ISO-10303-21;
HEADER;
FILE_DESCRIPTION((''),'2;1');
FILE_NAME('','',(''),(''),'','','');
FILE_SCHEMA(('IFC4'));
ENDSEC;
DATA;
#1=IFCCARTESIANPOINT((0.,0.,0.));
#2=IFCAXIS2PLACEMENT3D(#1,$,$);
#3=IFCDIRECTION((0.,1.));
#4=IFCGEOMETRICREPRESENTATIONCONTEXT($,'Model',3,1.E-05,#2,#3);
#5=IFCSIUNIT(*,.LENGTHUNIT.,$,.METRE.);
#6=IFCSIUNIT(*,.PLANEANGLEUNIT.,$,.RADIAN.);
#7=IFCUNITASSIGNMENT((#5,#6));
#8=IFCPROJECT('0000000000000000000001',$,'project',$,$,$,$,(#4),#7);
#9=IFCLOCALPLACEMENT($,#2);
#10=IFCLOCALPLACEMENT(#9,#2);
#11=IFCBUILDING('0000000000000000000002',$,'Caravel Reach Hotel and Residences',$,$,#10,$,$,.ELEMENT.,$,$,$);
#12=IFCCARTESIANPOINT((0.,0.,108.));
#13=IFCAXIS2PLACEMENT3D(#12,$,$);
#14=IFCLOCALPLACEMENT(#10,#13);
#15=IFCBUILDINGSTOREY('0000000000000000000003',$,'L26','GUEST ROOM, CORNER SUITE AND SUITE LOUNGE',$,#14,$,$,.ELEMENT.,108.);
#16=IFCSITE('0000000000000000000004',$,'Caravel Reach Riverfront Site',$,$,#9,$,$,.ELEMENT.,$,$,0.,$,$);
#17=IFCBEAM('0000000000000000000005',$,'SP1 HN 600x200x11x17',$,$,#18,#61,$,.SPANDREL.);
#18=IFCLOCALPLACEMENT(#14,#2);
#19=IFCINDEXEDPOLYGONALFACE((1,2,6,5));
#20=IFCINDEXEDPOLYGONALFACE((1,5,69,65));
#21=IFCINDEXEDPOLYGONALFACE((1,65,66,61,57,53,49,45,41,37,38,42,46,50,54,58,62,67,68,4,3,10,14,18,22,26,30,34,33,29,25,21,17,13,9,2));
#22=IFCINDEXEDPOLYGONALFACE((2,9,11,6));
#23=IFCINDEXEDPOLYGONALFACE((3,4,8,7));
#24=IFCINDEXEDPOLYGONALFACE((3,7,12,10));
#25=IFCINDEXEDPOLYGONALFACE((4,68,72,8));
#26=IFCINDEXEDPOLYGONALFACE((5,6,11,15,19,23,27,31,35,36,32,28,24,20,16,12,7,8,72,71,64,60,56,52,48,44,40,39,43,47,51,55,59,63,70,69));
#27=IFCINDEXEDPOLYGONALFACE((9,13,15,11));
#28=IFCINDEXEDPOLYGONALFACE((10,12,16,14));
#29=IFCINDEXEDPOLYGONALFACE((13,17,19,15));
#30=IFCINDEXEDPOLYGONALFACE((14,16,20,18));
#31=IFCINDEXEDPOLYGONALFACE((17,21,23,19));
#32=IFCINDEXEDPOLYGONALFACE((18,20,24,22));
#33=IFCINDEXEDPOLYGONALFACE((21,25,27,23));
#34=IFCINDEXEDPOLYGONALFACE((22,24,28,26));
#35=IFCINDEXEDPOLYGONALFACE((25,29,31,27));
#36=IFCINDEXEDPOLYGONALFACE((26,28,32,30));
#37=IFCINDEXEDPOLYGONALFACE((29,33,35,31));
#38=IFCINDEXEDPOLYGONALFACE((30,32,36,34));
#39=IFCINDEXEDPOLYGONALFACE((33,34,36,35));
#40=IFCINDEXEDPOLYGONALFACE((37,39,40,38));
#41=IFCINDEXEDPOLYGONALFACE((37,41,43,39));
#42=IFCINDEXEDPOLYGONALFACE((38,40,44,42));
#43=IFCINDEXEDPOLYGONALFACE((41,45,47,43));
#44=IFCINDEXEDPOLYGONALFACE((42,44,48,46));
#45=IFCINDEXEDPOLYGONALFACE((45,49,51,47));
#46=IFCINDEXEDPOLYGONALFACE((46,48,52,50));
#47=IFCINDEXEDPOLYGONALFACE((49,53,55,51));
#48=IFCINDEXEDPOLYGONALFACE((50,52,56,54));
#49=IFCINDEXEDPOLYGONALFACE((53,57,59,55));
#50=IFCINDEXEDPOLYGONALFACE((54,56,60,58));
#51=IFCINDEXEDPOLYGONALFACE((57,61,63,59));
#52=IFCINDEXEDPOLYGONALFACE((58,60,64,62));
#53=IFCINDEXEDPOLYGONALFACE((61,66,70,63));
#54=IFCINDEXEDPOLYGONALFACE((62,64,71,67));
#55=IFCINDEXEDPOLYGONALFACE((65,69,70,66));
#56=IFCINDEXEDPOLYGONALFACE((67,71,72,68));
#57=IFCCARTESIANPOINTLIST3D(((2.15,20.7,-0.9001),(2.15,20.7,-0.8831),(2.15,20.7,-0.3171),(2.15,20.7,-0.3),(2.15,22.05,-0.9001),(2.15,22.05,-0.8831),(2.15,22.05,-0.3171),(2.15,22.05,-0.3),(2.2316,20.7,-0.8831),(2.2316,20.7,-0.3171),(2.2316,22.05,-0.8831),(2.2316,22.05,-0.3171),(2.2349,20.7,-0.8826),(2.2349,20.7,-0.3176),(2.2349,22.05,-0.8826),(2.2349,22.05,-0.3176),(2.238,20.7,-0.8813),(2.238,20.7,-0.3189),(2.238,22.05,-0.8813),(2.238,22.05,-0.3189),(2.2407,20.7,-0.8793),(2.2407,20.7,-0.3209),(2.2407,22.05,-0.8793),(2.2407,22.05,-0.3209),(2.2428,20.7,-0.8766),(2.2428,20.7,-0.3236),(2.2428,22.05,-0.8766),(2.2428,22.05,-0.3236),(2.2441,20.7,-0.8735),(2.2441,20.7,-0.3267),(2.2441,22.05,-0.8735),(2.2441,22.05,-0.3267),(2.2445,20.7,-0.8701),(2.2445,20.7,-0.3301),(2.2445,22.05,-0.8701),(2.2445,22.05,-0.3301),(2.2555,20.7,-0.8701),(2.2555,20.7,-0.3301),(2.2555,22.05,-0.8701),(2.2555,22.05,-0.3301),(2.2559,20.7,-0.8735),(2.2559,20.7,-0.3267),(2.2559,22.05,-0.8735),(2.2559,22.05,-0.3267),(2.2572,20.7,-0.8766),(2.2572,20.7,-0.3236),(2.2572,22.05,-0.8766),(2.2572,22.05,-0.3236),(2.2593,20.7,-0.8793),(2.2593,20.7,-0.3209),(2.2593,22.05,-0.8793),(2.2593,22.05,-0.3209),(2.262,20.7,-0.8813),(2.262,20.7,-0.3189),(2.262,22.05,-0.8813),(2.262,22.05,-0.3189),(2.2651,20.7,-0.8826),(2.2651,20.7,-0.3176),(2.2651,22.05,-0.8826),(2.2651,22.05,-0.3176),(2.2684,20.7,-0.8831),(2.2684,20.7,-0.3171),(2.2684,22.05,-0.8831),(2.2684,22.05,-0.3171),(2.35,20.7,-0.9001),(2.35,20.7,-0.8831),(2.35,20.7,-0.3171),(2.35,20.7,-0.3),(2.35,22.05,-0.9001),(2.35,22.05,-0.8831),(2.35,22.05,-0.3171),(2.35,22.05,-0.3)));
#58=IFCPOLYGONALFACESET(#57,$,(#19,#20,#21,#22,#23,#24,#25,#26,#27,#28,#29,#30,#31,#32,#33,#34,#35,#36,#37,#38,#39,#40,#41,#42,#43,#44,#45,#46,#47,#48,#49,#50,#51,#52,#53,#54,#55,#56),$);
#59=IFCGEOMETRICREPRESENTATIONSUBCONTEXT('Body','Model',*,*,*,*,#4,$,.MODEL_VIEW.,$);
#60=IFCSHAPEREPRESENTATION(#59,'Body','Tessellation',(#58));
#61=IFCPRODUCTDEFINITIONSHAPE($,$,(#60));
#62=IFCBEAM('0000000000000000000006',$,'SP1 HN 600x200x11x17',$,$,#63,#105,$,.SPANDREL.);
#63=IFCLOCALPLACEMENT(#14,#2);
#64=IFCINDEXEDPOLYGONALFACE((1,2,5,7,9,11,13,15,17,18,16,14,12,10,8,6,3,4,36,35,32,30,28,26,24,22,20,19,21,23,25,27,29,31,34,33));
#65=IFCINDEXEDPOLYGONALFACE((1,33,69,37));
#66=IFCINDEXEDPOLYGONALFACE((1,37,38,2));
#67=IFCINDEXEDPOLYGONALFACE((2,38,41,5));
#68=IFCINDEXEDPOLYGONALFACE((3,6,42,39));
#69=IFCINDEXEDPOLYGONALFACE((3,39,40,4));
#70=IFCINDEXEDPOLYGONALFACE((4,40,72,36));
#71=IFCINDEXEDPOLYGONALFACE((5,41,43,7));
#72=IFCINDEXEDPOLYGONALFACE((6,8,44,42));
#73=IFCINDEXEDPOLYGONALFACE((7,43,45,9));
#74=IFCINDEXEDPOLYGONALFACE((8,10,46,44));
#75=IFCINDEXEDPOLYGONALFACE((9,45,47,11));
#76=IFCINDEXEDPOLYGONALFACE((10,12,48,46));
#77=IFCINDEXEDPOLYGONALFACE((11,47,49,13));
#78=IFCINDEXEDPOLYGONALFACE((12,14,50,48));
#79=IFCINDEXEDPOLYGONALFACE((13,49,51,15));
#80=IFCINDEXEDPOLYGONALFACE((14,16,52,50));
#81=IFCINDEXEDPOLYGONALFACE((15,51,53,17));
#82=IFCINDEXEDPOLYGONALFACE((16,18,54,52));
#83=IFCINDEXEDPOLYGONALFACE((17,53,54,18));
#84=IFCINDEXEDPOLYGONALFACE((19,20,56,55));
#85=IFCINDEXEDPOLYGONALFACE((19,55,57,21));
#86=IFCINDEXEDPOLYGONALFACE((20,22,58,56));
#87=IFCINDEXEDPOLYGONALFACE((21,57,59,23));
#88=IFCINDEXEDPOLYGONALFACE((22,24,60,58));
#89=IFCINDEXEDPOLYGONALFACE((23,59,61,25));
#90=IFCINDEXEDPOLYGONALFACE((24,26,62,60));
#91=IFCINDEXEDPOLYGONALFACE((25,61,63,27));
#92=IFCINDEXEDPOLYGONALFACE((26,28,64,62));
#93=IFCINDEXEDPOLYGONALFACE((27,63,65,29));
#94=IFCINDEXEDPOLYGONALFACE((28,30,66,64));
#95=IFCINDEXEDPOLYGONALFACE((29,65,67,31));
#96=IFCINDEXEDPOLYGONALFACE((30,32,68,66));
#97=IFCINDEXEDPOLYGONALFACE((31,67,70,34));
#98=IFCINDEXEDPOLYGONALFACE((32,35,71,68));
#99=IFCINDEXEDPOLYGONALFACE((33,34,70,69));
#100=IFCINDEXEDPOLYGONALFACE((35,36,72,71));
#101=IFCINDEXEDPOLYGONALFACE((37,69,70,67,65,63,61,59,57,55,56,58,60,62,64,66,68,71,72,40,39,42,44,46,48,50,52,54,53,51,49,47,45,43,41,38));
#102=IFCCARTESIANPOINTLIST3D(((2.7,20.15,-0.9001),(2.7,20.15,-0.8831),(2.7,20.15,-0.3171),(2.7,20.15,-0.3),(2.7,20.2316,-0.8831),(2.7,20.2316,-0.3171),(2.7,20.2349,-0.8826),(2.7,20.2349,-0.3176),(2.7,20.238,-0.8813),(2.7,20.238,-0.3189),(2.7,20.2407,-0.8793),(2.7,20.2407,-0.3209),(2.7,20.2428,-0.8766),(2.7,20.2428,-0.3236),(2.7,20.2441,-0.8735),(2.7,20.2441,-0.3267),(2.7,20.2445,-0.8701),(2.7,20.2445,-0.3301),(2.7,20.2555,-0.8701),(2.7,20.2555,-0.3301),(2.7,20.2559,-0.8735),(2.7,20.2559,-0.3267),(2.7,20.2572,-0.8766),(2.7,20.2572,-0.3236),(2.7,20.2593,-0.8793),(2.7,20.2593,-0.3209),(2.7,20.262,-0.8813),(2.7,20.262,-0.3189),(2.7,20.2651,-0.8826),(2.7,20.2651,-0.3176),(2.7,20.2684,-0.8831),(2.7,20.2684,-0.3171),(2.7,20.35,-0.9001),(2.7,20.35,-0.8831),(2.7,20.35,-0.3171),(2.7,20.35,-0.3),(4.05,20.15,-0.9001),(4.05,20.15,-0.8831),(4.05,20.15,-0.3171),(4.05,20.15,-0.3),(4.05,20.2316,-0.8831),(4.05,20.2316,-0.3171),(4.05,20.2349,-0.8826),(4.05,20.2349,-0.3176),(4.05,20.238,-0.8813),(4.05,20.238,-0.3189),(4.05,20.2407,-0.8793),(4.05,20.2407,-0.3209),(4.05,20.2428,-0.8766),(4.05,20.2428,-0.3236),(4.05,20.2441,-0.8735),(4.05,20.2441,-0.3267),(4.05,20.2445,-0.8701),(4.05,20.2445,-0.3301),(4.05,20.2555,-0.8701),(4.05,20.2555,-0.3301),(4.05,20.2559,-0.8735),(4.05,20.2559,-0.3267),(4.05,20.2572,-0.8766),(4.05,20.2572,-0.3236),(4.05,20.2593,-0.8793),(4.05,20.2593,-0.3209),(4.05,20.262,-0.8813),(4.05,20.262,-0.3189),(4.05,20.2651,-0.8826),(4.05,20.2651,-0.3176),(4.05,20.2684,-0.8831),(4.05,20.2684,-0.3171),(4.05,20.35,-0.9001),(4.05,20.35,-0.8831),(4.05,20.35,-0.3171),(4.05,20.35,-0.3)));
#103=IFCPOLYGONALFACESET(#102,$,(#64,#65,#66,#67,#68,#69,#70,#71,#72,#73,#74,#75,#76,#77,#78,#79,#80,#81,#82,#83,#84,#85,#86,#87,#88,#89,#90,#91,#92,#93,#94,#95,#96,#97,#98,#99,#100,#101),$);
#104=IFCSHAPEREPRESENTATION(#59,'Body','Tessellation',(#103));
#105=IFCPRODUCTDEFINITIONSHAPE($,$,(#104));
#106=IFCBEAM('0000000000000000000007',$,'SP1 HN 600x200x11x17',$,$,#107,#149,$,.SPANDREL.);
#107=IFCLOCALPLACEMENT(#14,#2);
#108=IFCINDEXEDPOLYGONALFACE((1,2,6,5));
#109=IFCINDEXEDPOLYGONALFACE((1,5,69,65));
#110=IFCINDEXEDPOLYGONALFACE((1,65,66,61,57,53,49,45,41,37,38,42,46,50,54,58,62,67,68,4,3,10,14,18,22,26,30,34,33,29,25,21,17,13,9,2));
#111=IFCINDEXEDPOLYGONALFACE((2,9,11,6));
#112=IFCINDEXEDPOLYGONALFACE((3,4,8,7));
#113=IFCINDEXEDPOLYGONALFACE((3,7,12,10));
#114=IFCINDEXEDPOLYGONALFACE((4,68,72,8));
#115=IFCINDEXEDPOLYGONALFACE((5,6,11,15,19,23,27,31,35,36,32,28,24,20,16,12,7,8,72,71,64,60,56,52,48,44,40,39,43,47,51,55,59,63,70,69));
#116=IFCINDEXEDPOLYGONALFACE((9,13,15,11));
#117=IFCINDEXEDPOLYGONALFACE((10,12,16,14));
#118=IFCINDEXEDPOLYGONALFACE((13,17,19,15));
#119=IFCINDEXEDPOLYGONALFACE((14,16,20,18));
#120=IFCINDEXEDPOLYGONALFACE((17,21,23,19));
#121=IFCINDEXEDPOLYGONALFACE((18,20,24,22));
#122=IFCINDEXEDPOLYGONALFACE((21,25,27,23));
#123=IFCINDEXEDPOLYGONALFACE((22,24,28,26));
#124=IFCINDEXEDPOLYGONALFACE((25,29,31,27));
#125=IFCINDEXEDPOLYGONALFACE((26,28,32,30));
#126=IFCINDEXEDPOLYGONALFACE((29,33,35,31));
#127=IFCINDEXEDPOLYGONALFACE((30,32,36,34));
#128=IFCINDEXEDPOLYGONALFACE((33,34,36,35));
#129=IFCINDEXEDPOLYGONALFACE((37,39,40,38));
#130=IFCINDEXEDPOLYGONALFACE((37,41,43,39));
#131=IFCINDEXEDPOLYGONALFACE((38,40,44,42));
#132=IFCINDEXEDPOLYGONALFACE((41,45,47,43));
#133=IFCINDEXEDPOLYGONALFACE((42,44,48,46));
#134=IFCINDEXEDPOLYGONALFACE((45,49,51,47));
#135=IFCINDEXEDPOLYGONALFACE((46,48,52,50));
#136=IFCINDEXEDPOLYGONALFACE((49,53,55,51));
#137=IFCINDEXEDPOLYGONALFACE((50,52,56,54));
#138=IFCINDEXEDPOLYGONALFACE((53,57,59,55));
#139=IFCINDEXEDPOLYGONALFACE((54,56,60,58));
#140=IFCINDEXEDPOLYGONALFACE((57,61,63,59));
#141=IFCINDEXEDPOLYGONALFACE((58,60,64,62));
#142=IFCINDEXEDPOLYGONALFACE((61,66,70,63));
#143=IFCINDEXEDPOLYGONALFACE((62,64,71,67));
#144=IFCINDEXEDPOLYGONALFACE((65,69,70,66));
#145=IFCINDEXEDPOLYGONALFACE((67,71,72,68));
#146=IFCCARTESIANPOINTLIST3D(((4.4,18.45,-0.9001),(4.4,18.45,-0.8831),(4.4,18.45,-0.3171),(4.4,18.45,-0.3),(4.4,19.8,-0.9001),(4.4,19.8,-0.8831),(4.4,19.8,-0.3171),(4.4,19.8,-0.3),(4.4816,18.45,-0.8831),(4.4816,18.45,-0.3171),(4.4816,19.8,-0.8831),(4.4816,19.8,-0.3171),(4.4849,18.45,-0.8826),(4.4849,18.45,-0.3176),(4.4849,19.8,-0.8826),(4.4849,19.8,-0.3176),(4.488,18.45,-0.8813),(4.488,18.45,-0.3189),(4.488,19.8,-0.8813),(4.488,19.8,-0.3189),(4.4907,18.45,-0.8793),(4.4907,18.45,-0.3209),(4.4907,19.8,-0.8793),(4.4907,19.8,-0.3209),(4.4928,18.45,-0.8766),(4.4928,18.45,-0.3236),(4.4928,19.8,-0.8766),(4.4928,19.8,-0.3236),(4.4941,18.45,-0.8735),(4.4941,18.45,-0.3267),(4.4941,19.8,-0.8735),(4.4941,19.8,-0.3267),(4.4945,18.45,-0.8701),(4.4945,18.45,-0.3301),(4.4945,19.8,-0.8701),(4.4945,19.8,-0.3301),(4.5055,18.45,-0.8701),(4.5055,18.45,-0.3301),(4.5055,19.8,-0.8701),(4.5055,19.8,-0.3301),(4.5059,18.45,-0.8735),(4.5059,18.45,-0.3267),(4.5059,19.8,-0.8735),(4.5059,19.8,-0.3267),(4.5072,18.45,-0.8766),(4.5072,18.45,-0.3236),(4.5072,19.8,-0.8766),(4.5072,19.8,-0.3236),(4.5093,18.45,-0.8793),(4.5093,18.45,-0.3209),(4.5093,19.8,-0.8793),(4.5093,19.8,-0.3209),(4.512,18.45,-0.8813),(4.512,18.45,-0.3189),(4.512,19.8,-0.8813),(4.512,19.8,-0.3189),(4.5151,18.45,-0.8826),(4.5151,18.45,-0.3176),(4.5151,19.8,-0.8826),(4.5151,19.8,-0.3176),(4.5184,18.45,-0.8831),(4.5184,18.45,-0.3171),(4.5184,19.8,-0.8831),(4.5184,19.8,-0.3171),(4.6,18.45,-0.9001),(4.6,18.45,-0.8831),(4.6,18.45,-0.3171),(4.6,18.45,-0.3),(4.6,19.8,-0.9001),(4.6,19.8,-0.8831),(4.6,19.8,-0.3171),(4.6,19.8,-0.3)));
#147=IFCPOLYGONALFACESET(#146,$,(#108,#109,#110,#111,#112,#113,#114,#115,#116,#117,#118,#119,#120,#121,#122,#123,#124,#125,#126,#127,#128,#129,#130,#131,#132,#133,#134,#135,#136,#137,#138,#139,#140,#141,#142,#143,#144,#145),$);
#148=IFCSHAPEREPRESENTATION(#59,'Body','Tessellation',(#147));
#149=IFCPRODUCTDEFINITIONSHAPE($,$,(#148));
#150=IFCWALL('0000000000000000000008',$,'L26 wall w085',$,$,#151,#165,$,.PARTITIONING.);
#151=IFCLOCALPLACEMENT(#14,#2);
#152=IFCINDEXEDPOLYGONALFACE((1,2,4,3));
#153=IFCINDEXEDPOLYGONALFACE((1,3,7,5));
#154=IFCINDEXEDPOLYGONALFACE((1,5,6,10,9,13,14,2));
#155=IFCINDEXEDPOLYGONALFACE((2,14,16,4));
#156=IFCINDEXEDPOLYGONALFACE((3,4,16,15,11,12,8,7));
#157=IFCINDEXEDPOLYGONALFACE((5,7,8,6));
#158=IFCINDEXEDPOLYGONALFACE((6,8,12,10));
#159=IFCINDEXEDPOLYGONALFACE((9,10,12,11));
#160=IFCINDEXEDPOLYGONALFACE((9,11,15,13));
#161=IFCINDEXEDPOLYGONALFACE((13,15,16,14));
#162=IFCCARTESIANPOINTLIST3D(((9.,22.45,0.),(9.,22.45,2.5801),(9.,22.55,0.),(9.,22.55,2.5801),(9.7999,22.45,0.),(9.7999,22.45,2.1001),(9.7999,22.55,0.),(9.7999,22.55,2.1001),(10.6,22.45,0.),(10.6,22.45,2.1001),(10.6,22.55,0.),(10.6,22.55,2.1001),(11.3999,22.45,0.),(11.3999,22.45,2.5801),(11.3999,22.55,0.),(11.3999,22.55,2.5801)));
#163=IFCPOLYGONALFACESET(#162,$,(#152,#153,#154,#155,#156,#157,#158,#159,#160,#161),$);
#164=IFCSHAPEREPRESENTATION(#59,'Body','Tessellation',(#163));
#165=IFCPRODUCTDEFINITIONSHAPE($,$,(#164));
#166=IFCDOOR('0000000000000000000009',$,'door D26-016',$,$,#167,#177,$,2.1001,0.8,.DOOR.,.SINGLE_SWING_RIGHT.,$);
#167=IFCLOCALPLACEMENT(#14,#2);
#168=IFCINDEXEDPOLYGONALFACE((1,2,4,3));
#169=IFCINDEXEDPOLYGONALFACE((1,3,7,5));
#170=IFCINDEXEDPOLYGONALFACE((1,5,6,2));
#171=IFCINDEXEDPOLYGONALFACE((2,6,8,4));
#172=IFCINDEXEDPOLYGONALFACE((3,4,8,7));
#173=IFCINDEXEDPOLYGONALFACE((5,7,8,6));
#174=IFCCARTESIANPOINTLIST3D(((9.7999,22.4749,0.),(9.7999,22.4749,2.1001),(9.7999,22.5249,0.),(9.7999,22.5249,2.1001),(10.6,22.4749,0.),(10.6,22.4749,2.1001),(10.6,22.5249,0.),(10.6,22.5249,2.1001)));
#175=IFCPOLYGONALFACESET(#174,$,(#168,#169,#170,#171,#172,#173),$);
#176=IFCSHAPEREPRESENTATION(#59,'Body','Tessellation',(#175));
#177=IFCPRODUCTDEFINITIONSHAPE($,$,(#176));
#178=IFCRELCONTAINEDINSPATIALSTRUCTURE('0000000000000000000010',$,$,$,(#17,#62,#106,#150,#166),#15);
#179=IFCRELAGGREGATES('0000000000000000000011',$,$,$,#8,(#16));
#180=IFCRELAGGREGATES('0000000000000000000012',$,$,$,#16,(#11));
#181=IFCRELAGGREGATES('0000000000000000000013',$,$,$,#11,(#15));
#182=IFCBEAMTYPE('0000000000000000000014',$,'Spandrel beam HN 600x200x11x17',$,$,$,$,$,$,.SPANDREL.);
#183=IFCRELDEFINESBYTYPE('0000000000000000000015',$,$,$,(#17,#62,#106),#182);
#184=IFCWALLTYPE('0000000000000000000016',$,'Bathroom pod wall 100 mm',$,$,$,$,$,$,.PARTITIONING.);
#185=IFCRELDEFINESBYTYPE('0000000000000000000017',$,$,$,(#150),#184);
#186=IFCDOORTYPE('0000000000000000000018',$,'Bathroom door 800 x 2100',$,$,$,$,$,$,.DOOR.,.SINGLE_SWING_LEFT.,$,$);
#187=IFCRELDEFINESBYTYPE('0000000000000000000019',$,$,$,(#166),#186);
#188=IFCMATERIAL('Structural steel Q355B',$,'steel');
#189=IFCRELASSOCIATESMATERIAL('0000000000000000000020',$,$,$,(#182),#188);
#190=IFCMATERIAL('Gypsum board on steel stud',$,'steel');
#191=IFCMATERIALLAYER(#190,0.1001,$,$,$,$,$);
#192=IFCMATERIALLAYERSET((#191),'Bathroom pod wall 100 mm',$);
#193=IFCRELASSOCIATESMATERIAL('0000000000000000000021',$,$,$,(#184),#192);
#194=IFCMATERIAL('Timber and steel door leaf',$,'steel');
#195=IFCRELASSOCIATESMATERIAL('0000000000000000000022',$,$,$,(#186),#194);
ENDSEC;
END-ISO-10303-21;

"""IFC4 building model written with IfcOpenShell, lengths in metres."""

from ifc_helpers import new_model, si_unit, direction, frame, frame_2d, origin, origin_2d, place, context, subcontext, project, spatial, rectangle, i_section, extrude, material, layer, layer_set, material_profile, profile_set, type_object, element, fill, save


model = new_model("IFC4")

# Units and contexts
model_context = context("Model", 3, precision=1e-05, world=origin(), true_north=direction((0.0, 1.0)))
body_context = subcontext(model_context, "Body", "Model", "MODEL_VIEW")
ifc_project = project(units=[si_unit("LENGTHUNIT", "METRE"), si_unit("PLANEANGLEUNIT", "RADIAN")], contexts=[model_context])

# Site, building, storey
site_placement = place(None, origin())
site = spatial("IfcSite", under=ifc_project, at=site_placement, Name="Caravel Reach Riverfront Site", CompositionType="ELEMENT", RefElevation=0.0)
building_placement = place(site_placement, origin())
building = spatial("IfcBuilding", under=site, at=building_placement, Name="Caravel Reach Hotel and Residences", CompositionType="ELEMENT")
storey_placement = place(building_placement, frame((0.0, 0.0, 108.0)))
storey = spatial("IfcBuildingStorey", under=building, at=storey_placement, Name="L26", Description="GUEST ROOM, CORNER SUITE AND SUITE LOUNGE", CompositionType="ELEMENT", Elevation=108.0)

# Beams
ifc_material_1 = material(Name="Structural steel Q355B", Category="steel")
ifc_material_profile_1 = material_profile(ifc_material_1, i_section(OverallWidth=0.2, OverallDepth=0.6001, WebThickness=0.011, FlangeThickness=0.0171, FilletRadius=0.0129, at=origin_2d()), Name="HN 600x200x11x17")
ifc_profile_set_1 = profile_set([ifc_material_profile_1], Name="Structural steel Q355B")
beam_type_1 = type_object("IfcBeamType", Name="Spandrel beam HN 600x200x11x17", PredefinedType="SPANDREL", material=ifc_profile_set_1)
for number, where, z_axis, x_axis, name in (
    (1, (2.25, 22.05, -0.6001), (0.0, -1.0, 0.0), (1.0, 0.0, 0.0), "SP1 HN 600x200x11x17"),
    (2, (2.7, 20.25, -0.6001), (1.0, 0.0, 0.0), (0.0, 1.0, 0.0), "SP1 HN 600x200x11x17"),
    (3, (4.5, 19.8, -0.6001), (0.0, -1.0, 0.0), (1.0, 0.0, 0.0), "SP1 HN 600x200x11x17"),
):
    element("IfcBeam", number, at=place(storey_placement, frame(where, z_axis=z_axis, x_axis=x_axis)), inside=storey, type_object=beam_type_1, Name=name, PredefinedType="SPANDREL", context=body_context, shape_type="SweptSolid", body=[
        extrude(i_section(OverallWidth=0.2, OverallDepth=0.6001, WebThickness=0.011, FlangeThickness=0.0171, FilletRadius=0.0129, at=origin_2d()), origin(), (0.0, 0.0, 1.0), 1.3501),
    ])

# Wall, opening, door
ifc_material_2 = material(Name="Gypsum board on steel stud", Category="steel")
ifc_layer_1 = layer(ifc_material_2, 0.1001)
ifc_layer_set_1 = layer_set([ifc_layer_1], Name="Bathroom pod wall 100 mm")
wall_type_1 = type_object("IfcWallType", Name="Bathroom pod wall 100 mm", PredefinedType="PARTITIONING", material=ifc_layer_set_1)
wall_1_placement = place(storey_placement, frame((9.0, 22.5, 0.0), z_axis=(0.0, 0.0, 1.0), x_axis=(1.0, 0.0, 0.0)))
wall_1 = element("IfcWall", 4, at=wall_1_placement, inside=storey, type_object=wall_type_1, Name="L26 wall w085", PredefinedType="PARTITIONING", context=body_context, shape_type="SweptSolid", body=[
    extrude(rectangle(XDim=2.3999, YDim=0.1001, at=frame_2d((1.2, 0.0))), origin(), (0.0, 0.0, 1.0), 2.5801),
])
opening_1_placement = place(wall_1_placement, frame((0.8, 0.0, 0.0)))
opening_1 = element("IfcOpeningElement", 5, at=opening_1_placement, cuts=wall_1, PredefinedType="OPENING", context=body_context, shape_type="SweptSolid", body=[
    extrude(rectangle(XDim=0.8, YDim=2.1001, at=frame_2d((0.3999, 1.05))), frame((0.0, 0.0601, 0.0), z_axis=(0.0, -1.0, 0.0), x_axis=(1.0, 0.0, 0.0)), (0.0, 0.0, 1.0), 0.1201),
])
ifc_material_3 = material(Name="Timber and steel door leaf", Category="steel")
door_type_1 = type_object("IfcDoorType", Name="Bathroom door 800 x 2100", OperationType="SINGLE_SWING_LEFT", PredefinedType="DOOR", material=ifc_material_3)
door_1_placement = place(opening_1_placement, origin())
door_1 = element("IfcDoor", 6, at=door_1_placement, inside=storey, type_object=door_type_1, Name="door D26-016", OperationType="SINGLE_SWING_RIGHT", OverallHeight=2.1001, OverallWidth=0.8, PredefinedType="DOOR", context=body_context, shape_type="SweptSolid", body=[
    extrude(rectangle(XDim=0.8, YDim=2.1001, at=frame_2d((0.3999, 1.05))), frame((0.0, 0.0249, 0.0), z_axis=(0.0, -1.0, 0.0), x_axis=(1.0, 0.0, 0.0)), (0.0, 0.0, 1.0), 0.05),
])
fill(opening_1, door_1)

save(model, "model.ifc")
